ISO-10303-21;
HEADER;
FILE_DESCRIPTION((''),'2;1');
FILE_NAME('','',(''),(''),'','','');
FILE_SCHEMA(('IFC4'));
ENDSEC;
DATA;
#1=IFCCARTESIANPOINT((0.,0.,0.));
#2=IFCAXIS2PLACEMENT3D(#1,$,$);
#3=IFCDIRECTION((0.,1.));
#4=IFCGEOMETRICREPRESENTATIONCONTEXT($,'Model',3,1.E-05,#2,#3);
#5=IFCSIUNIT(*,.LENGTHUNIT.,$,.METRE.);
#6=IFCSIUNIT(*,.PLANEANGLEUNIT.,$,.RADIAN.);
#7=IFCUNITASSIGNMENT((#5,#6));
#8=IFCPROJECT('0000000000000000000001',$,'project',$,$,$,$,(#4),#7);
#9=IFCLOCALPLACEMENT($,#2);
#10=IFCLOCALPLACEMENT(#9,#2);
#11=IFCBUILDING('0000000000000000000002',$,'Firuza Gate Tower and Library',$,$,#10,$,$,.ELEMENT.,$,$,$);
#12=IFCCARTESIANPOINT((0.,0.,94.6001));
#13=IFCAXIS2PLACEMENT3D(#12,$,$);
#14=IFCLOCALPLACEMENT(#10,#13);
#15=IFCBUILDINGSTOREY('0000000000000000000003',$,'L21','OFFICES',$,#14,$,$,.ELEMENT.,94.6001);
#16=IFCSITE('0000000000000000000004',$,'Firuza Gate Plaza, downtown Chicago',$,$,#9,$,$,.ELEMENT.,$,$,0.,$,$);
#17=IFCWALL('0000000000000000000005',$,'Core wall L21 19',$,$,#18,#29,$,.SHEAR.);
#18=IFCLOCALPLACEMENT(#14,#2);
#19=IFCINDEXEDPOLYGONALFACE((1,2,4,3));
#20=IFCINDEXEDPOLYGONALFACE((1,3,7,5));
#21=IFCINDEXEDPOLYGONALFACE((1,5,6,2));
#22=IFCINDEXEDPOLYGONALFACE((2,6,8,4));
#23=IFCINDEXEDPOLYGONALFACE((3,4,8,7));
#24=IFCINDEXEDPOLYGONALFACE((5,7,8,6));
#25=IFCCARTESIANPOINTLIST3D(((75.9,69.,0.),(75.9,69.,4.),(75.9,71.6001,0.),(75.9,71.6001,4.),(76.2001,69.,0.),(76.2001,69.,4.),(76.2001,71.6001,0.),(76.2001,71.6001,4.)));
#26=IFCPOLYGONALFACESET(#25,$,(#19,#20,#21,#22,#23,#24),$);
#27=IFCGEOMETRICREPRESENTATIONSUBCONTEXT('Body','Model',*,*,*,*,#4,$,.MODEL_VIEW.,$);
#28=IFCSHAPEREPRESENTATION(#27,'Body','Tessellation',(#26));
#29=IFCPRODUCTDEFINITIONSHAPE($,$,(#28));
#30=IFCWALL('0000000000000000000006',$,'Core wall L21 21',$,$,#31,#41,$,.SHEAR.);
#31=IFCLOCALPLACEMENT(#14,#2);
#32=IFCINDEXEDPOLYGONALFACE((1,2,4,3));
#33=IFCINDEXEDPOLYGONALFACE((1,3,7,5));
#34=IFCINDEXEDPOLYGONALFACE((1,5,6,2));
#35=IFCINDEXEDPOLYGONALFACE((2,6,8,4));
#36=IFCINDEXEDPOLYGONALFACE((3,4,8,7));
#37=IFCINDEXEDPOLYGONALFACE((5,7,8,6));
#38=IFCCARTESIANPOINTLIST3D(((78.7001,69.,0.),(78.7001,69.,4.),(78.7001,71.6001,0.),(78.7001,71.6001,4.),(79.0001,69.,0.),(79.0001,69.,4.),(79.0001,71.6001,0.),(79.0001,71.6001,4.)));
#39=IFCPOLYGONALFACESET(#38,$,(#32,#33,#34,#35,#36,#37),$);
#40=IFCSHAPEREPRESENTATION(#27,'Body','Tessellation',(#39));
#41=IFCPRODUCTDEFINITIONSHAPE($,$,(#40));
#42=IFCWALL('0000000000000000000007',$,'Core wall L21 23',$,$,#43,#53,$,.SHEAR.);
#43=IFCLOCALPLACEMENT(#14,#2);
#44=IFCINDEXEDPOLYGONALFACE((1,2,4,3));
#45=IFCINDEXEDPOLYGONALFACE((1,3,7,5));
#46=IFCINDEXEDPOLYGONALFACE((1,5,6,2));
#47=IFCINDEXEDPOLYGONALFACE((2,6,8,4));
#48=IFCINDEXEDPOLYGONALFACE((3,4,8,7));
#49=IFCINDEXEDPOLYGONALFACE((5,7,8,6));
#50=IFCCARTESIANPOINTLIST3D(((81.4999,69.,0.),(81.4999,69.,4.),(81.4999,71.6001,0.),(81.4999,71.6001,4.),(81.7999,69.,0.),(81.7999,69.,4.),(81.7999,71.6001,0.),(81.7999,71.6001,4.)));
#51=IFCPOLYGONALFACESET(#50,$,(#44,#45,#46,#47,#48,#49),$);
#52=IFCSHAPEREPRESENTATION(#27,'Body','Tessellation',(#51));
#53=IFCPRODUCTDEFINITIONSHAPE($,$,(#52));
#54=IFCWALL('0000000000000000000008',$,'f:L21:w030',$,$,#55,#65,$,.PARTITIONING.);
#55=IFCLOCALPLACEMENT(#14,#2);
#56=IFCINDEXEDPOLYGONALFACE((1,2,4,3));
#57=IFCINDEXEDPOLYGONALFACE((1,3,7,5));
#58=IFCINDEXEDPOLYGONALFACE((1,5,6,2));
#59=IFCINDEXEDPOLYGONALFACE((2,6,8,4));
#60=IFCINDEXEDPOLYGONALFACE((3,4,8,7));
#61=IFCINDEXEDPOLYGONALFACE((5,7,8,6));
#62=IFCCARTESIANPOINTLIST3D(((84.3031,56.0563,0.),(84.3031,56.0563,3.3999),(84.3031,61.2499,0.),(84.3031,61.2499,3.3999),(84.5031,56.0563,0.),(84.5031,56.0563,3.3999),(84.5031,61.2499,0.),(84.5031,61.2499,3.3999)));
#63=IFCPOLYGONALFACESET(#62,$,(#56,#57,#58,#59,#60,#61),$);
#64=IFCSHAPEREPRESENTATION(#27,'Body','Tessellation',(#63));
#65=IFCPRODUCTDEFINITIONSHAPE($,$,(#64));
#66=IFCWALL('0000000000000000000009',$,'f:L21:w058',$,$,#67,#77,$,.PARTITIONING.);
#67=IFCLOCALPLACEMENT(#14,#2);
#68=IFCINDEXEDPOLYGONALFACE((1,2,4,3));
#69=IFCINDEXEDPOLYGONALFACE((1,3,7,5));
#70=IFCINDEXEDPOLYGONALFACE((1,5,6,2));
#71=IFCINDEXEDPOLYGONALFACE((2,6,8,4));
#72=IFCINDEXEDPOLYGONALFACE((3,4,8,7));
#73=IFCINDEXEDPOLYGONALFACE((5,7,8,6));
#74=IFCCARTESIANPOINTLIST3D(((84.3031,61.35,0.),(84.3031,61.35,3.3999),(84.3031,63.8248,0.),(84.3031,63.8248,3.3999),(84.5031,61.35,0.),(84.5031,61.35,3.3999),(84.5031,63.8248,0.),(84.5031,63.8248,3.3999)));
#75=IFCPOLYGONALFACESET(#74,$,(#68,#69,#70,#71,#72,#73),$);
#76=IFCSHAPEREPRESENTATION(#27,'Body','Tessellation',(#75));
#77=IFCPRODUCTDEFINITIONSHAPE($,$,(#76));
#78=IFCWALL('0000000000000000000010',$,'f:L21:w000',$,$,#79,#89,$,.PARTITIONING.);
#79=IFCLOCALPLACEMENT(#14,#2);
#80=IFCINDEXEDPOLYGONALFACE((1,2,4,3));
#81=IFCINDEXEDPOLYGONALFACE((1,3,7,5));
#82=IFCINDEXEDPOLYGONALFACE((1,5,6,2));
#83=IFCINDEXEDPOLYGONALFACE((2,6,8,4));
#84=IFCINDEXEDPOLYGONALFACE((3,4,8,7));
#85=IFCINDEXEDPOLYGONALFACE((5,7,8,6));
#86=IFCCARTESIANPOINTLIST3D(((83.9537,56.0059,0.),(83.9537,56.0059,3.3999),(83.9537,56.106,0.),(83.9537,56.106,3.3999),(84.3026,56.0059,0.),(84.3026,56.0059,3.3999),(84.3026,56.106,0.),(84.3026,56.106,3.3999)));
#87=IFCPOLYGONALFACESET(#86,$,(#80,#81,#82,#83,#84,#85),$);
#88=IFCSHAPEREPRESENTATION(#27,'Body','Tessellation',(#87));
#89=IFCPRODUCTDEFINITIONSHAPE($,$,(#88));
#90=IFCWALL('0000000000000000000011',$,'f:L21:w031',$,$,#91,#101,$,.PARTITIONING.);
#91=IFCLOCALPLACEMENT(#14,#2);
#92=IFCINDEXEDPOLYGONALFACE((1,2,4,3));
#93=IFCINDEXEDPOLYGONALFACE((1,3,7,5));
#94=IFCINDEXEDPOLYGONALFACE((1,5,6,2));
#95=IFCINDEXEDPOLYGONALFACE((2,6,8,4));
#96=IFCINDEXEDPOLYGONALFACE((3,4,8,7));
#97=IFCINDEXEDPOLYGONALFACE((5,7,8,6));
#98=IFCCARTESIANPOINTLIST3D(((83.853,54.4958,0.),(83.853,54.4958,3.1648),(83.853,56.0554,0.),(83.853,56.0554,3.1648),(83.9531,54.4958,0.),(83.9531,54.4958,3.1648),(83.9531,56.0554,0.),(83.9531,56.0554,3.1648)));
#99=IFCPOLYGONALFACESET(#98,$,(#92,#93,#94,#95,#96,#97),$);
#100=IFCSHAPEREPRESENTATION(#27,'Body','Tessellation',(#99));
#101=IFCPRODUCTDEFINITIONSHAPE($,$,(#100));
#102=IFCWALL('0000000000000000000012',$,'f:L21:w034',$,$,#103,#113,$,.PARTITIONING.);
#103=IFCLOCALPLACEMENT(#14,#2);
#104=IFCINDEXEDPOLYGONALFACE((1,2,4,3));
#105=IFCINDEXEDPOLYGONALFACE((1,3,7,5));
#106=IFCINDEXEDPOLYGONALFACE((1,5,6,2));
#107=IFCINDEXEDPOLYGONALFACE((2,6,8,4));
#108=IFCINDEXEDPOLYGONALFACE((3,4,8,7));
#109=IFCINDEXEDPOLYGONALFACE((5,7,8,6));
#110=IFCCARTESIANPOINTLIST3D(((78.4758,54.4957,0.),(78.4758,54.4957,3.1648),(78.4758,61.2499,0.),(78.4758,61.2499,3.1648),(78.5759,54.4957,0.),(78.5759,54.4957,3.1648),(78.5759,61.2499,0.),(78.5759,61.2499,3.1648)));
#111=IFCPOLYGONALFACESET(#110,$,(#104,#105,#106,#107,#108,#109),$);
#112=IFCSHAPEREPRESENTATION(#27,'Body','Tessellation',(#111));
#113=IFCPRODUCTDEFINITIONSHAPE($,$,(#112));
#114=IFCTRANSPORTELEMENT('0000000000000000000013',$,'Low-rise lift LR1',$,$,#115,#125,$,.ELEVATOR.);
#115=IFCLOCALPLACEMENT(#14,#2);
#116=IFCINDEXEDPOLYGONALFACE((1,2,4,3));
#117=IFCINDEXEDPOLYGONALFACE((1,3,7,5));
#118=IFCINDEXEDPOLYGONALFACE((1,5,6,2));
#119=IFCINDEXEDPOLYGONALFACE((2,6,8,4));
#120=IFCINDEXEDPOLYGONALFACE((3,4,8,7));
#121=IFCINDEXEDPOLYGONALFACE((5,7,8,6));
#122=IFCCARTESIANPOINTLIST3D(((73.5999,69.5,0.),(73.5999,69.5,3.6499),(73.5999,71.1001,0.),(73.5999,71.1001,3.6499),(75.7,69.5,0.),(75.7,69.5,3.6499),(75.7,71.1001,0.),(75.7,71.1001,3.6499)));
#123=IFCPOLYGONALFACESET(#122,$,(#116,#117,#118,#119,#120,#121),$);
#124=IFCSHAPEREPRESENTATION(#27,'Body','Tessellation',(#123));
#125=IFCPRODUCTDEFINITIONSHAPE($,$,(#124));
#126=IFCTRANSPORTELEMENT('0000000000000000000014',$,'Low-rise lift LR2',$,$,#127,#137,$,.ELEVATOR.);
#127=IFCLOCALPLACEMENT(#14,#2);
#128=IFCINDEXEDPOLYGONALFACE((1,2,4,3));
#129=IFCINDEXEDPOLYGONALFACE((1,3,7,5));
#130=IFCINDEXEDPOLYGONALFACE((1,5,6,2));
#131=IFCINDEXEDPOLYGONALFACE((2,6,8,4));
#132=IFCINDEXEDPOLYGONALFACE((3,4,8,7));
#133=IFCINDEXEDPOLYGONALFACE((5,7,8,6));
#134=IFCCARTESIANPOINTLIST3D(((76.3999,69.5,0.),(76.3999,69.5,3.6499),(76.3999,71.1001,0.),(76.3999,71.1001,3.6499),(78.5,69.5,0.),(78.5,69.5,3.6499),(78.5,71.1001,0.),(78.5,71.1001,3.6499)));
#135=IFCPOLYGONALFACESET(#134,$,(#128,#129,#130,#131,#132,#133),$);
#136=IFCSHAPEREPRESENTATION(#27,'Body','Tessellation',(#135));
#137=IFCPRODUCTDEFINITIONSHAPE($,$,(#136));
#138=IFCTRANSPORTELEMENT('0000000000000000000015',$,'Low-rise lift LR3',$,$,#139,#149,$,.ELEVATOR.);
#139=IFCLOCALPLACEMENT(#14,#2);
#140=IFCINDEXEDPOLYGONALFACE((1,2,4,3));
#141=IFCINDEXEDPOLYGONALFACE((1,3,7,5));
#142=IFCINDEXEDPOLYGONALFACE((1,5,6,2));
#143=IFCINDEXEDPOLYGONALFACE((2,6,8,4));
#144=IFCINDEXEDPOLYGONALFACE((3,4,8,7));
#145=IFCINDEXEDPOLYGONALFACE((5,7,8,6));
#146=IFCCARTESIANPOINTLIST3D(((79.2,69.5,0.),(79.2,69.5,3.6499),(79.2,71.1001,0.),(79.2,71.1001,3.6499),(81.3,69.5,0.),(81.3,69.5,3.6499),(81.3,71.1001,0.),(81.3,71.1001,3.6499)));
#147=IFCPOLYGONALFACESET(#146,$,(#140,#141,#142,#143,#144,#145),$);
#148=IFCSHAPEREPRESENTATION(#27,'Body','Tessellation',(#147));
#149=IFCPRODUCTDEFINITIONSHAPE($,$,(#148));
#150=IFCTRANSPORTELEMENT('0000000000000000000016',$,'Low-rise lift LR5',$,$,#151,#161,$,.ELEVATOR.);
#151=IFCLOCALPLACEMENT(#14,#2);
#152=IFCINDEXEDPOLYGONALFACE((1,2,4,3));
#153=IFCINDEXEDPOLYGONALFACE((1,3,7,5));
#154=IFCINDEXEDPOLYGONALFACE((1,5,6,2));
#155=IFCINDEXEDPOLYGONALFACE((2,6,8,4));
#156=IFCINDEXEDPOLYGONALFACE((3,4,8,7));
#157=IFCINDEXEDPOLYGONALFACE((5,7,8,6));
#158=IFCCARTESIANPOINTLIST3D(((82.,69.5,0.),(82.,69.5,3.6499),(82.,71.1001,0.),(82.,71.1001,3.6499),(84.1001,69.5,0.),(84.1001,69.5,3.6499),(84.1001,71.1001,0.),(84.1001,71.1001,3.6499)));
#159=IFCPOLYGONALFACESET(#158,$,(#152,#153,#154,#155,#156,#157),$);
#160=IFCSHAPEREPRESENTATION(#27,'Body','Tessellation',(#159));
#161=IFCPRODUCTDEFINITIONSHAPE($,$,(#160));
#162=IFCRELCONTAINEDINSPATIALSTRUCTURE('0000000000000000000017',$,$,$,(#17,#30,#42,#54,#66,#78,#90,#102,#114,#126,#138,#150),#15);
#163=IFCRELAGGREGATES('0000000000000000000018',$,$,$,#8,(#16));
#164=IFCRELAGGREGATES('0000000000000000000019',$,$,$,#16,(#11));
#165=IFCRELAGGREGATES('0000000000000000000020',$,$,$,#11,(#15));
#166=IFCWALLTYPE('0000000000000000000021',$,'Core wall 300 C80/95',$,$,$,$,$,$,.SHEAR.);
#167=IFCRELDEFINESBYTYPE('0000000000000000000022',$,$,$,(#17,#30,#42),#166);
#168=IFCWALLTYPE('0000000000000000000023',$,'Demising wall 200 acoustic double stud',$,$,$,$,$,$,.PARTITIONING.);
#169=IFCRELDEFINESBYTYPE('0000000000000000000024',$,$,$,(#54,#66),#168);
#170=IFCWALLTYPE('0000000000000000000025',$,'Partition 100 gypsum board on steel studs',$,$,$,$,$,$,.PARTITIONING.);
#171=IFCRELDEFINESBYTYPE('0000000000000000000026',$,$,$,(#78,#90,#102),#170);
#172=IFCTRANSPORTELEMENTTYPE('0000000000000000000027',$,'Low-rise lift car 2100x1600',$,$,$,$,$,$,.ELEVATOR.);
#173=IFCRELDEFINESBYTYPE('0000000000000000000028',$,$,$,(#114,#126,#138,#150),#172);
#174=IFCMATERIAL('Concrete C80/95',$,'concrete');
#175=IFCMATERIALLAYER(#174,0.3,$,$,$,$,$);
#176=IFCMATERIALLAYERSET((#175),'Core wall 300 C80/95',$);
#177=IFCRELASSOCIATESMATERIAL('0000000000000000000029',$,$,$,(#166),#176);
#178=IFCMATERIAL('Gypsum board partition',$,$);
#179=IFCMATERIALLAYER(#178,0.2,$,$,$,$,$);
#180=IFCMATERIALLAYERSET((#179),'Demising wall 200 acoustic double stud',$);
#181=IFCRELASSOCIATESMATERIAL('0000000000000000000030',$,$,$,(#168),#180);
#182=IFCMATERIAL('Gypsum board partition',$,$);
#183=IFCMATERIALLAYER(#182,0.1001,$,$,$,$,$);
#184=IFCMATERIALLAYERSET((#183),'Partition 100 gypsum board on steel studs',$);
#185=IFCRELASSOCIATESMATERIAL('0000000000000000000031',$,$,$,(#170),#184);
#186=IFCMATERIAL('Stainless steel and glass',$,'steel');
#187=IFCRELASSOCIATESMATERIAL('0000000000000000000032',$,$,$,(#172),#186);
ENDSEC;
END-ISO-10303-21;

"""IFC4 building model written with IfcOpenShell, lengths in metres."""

from ifc_helpers import new_model, si_unit, direction, frame, frame_2d, origin, origin_2d, place, context, subcontext, project, spatial, rectangle, extrude, material, layer, layer_set, type_object, element, save


model = new_model("IFC4")

# Units and contexts
model_context = context("Model", 3, precision=1e-05, world=origin(), true_north=direction((0.0, 1.0)))
body_context = subcontext(model_context, "Body", "Model", "MODEL_VIEW")
ifc_project = project(units=[si_unit("LENGTHUNIT", "METRE"), si_unit("PLANEANGLEUNIT", "RADIAN")], contexts=[model_context])

# Site, building, storey
site_placement = place(None, origin())
site = spatial("IfcSite", under=ifc_project, at=site_placement, Name="Firuza Gate Plaza, downtown Chicago", CompositionType="ELEMENT", RefElevation=0.0)
building_placement = place(site_placement, origin())
building = spatial("IfcBuilding", under=site, at=building_placement, Name="Firuza Gate Tower and Library", CompositionType="ELEMENT")
storey_placement = place(building_placement, frame((0.0, 0.0, 94.6001)))
storey = spatial("IfcBuildingStorey", under=building, at=storey_placement, Name="L21", Description="OFFICES", CompositionType="ELEMENT", Elevation=94.6001)

# Walls
ifc_material_1 = material(Name="Concrete C80/95", Category="concrete")
ifc_layer_1 = layer(ifc_material_1, 0.3)
ifc_layer_set_1 = layer_set([ifc_layer_1], Name="Core wall 300 C80/95")
wall_type_1 = type_object("IfcWallType", Name="Core wall 300 C80/95", PredefinedType="SHEAR", material=ifc_layer_set_1)
for number, where, z_axis, x_axis, name in (
    (1, (76.05, 69.0, 0.0), (0.0, 0.0, 1.0), (0.0, 1.0, 0.0), "Core wall L21 19"),
    (2, (78.8501, 69.0, 0.0), (0.0, 0.0, 1.0), (0.0, 1.0, 0.0), "Core wall L21 21"),
    (3, (81.6499, 69.0, 0.0), (0.0, 0.0, 1.0), (0.0, 1.0, 0.0), "Core wall L21 23"),
):
    element("IfcWall", number, at=place(storey_placement, frame(where, z_axis=z_axis, x_axis=x_axis)), inside=storey, type_object=wall_type_1, Name=name, PredefinedType="SHEAR", context=body_context, shape_type="SweptSolid", body=[
        extrude(rectangle(XDim=2.6001, YDim=0.3, at=frame_2d((1.3, 0.0))), origin(), (0.0, 0.0, 1.0), 4.0),
    ])
ifc_material_2 = material(Name="Gypsum board partition")
ifc_layer_2 = layer(ifc_material_2, 0.2)
ifc_layer_set_2 = layer_set([ifc_layer_2], Name="Demising wall 200 acoustic double stud")
wall_type_2 = type_object("IfcWallType", Name="Demising wall 200 acoustic double stud", PredefinedType="PARTITIONING", material=ifc_layer_set_2)
wall_1_placement = place(storey_placement, frame((84.4031, 56.0564, 0.0), z_axis=(0.0, 0.0, 1.0), x_axis=(0.0, 1.0, 0.0)))
element("IfcWall", 4, at=wall_1_placement, inside=storey, type_object=wall_type_2, Name="f:L21:w030", PredefinedType="PARTITIONING", context=body_context, shape_type="SweptSolid", body=[
    extrude(rectangle(XDim=5.1936, YDim=0.2, at=frame_2d((2.5967, 0.0))), origin(), (0.0, 0.0, 1.0), 3.3999),
])
wall_2_placement = place(storey_placement, frame((84.4031, 61.3501, 0.0), z_axis=(0.0, 0.0, 1.0), x_axis=(0.0, 1.0, 0.0)))
element("IfcWall", 5, at=wall_2_placement, inside=storey, type_object=wall_type_2, Name="f:L21:w058", PredefinedType="PARTITIONING", context=body_context, shape_type="SweptSolid", body=[
    extrude(rectangle(XDim=2.4749, YDim=0.2, at=frame_2d((1.2373, 0.0))), origin(), (0.0, 0.0, 1.0), 3.3999),
])
ifc_material_3 = material(Name="Gypsum board partition")
ifc_layer_3 = layer(ifc_material_3, 0.1001)
ifc_layer_set_3 = layer_set([ifc_layer_3], Name="Partition 100 gypsum board on steel studs")
wall_type_3 = type_object("IfcWallType", Name="Partition 100 gypsum board on steel studs", PredefinedType="PARTITIONING", material=ifc_layer_set_3)
wall_3_placement = place(storey_placement, frame((83.9539, 56.0559, 0.0), z_axis=(0.0, 0.0, 1.0), x_axis=(1.0, 0.0, 0.0)))
element("IfcWall", 6, at=wall_3_placement, inside=storey, type_object=wall_type_3, Name="f:L21:w000", PredefinedType="PARTITIONING", context=body_context, shape_type="SweptSolid", body=[
    extrude(rectangle(XDim=0.3489, YDim=0.1001, at=frame_2d((0.1743, 0.0))), origin(), (0.0, 0.0, 1.0), 3.3999),
])
wall_4_placement = place(storey_placement, frame((83.9031, 54.4958, 0.0), z_axis=(0.0, 0.0, 1.0), x_axis=(0.0, 1.0, 0.0)))
element("IfcWall", 7, at=wall_4_placement, inside=storey, type_object=wall_type_3, Name="f:L21:w031", PredefinedType="PARTITIONING", context=body_context, shape_type="SweptSolid", body=[
    extrude(rectangle(XDim=1.5596, YDim=0.1001, at=frame_2d((0.7798, 0.0))), origin(), (0.0, 0.0, 1.0), 3.1648),
])
wall_5_placement = place(storey_placement, frame((78.5259, 54.4958, 0.0), z_axis=(0.0, 0.0, 1.0), x_axis=(0.0, 1.0, 0.0)))
element("IfcWall", 8, at=wall_5_placement, inside=storey, type_object=wall_type_3, Name="f:L21:w034", PredefinedType="PARTITIONING", context=body_context, shape_type="SweptSolid", body=[
    extrude(rectangle(XDim=6.7542, YDim=0.1001, at=frame_2d((3.377, 0.0))), origin(), (0.0, 0.0, 1.0), 3.1648),
])

# Transport elements
ifc_material_4 = material(Name="Stainless steel and glass", Category="steel")
transport_element_type = type_object("IfcTransportElementType", Name="Low-rise lift car 2100x1600", PredefinedType="ELEVATOR", material=ifc_material_4)
for number, where, z_axis, x_axis, name in (
    (9, (74.6499, 70.3, 0.0), (0.0, 0.0, 1.0), (1.0, 0.0, 0.0), "Low-rise lift LR1"),
    (10, (77.45, 70.3, 0.0), (0.0, 0.0, 1.0), (1.0, 0.0, 0.0), "Low-rise lift LR2"),
    (11, (80.25, 70.3, 0.0), (0.0, 0.0, 1.0), (1.0, 0.0, 0.0), "Low-rise lift LR3"),
    (12, (83.05, 70.3, 0.0), (0.0, 0.0, 1.0), (1.0, 0.0, 0.0), "Low-rise lift LR5"),
):
    element("IfcTransportElement", number, at=place(storey_placement, frame(where, z_axis=z_axis, x_axis=x_axis)), inside=storey, type_object=transport_element_type, Name=name, PredefinedType="ELEVATOR", context=body_context, shape_type="SweptSolid", body=[
        extrude(rectangle(XDim=2.1001, YDim=1.6001, at=origin_2d()), origin(), (0.0, 0.0, 1.0), 3.6499),
    ])

save(model, "model.ifc")
